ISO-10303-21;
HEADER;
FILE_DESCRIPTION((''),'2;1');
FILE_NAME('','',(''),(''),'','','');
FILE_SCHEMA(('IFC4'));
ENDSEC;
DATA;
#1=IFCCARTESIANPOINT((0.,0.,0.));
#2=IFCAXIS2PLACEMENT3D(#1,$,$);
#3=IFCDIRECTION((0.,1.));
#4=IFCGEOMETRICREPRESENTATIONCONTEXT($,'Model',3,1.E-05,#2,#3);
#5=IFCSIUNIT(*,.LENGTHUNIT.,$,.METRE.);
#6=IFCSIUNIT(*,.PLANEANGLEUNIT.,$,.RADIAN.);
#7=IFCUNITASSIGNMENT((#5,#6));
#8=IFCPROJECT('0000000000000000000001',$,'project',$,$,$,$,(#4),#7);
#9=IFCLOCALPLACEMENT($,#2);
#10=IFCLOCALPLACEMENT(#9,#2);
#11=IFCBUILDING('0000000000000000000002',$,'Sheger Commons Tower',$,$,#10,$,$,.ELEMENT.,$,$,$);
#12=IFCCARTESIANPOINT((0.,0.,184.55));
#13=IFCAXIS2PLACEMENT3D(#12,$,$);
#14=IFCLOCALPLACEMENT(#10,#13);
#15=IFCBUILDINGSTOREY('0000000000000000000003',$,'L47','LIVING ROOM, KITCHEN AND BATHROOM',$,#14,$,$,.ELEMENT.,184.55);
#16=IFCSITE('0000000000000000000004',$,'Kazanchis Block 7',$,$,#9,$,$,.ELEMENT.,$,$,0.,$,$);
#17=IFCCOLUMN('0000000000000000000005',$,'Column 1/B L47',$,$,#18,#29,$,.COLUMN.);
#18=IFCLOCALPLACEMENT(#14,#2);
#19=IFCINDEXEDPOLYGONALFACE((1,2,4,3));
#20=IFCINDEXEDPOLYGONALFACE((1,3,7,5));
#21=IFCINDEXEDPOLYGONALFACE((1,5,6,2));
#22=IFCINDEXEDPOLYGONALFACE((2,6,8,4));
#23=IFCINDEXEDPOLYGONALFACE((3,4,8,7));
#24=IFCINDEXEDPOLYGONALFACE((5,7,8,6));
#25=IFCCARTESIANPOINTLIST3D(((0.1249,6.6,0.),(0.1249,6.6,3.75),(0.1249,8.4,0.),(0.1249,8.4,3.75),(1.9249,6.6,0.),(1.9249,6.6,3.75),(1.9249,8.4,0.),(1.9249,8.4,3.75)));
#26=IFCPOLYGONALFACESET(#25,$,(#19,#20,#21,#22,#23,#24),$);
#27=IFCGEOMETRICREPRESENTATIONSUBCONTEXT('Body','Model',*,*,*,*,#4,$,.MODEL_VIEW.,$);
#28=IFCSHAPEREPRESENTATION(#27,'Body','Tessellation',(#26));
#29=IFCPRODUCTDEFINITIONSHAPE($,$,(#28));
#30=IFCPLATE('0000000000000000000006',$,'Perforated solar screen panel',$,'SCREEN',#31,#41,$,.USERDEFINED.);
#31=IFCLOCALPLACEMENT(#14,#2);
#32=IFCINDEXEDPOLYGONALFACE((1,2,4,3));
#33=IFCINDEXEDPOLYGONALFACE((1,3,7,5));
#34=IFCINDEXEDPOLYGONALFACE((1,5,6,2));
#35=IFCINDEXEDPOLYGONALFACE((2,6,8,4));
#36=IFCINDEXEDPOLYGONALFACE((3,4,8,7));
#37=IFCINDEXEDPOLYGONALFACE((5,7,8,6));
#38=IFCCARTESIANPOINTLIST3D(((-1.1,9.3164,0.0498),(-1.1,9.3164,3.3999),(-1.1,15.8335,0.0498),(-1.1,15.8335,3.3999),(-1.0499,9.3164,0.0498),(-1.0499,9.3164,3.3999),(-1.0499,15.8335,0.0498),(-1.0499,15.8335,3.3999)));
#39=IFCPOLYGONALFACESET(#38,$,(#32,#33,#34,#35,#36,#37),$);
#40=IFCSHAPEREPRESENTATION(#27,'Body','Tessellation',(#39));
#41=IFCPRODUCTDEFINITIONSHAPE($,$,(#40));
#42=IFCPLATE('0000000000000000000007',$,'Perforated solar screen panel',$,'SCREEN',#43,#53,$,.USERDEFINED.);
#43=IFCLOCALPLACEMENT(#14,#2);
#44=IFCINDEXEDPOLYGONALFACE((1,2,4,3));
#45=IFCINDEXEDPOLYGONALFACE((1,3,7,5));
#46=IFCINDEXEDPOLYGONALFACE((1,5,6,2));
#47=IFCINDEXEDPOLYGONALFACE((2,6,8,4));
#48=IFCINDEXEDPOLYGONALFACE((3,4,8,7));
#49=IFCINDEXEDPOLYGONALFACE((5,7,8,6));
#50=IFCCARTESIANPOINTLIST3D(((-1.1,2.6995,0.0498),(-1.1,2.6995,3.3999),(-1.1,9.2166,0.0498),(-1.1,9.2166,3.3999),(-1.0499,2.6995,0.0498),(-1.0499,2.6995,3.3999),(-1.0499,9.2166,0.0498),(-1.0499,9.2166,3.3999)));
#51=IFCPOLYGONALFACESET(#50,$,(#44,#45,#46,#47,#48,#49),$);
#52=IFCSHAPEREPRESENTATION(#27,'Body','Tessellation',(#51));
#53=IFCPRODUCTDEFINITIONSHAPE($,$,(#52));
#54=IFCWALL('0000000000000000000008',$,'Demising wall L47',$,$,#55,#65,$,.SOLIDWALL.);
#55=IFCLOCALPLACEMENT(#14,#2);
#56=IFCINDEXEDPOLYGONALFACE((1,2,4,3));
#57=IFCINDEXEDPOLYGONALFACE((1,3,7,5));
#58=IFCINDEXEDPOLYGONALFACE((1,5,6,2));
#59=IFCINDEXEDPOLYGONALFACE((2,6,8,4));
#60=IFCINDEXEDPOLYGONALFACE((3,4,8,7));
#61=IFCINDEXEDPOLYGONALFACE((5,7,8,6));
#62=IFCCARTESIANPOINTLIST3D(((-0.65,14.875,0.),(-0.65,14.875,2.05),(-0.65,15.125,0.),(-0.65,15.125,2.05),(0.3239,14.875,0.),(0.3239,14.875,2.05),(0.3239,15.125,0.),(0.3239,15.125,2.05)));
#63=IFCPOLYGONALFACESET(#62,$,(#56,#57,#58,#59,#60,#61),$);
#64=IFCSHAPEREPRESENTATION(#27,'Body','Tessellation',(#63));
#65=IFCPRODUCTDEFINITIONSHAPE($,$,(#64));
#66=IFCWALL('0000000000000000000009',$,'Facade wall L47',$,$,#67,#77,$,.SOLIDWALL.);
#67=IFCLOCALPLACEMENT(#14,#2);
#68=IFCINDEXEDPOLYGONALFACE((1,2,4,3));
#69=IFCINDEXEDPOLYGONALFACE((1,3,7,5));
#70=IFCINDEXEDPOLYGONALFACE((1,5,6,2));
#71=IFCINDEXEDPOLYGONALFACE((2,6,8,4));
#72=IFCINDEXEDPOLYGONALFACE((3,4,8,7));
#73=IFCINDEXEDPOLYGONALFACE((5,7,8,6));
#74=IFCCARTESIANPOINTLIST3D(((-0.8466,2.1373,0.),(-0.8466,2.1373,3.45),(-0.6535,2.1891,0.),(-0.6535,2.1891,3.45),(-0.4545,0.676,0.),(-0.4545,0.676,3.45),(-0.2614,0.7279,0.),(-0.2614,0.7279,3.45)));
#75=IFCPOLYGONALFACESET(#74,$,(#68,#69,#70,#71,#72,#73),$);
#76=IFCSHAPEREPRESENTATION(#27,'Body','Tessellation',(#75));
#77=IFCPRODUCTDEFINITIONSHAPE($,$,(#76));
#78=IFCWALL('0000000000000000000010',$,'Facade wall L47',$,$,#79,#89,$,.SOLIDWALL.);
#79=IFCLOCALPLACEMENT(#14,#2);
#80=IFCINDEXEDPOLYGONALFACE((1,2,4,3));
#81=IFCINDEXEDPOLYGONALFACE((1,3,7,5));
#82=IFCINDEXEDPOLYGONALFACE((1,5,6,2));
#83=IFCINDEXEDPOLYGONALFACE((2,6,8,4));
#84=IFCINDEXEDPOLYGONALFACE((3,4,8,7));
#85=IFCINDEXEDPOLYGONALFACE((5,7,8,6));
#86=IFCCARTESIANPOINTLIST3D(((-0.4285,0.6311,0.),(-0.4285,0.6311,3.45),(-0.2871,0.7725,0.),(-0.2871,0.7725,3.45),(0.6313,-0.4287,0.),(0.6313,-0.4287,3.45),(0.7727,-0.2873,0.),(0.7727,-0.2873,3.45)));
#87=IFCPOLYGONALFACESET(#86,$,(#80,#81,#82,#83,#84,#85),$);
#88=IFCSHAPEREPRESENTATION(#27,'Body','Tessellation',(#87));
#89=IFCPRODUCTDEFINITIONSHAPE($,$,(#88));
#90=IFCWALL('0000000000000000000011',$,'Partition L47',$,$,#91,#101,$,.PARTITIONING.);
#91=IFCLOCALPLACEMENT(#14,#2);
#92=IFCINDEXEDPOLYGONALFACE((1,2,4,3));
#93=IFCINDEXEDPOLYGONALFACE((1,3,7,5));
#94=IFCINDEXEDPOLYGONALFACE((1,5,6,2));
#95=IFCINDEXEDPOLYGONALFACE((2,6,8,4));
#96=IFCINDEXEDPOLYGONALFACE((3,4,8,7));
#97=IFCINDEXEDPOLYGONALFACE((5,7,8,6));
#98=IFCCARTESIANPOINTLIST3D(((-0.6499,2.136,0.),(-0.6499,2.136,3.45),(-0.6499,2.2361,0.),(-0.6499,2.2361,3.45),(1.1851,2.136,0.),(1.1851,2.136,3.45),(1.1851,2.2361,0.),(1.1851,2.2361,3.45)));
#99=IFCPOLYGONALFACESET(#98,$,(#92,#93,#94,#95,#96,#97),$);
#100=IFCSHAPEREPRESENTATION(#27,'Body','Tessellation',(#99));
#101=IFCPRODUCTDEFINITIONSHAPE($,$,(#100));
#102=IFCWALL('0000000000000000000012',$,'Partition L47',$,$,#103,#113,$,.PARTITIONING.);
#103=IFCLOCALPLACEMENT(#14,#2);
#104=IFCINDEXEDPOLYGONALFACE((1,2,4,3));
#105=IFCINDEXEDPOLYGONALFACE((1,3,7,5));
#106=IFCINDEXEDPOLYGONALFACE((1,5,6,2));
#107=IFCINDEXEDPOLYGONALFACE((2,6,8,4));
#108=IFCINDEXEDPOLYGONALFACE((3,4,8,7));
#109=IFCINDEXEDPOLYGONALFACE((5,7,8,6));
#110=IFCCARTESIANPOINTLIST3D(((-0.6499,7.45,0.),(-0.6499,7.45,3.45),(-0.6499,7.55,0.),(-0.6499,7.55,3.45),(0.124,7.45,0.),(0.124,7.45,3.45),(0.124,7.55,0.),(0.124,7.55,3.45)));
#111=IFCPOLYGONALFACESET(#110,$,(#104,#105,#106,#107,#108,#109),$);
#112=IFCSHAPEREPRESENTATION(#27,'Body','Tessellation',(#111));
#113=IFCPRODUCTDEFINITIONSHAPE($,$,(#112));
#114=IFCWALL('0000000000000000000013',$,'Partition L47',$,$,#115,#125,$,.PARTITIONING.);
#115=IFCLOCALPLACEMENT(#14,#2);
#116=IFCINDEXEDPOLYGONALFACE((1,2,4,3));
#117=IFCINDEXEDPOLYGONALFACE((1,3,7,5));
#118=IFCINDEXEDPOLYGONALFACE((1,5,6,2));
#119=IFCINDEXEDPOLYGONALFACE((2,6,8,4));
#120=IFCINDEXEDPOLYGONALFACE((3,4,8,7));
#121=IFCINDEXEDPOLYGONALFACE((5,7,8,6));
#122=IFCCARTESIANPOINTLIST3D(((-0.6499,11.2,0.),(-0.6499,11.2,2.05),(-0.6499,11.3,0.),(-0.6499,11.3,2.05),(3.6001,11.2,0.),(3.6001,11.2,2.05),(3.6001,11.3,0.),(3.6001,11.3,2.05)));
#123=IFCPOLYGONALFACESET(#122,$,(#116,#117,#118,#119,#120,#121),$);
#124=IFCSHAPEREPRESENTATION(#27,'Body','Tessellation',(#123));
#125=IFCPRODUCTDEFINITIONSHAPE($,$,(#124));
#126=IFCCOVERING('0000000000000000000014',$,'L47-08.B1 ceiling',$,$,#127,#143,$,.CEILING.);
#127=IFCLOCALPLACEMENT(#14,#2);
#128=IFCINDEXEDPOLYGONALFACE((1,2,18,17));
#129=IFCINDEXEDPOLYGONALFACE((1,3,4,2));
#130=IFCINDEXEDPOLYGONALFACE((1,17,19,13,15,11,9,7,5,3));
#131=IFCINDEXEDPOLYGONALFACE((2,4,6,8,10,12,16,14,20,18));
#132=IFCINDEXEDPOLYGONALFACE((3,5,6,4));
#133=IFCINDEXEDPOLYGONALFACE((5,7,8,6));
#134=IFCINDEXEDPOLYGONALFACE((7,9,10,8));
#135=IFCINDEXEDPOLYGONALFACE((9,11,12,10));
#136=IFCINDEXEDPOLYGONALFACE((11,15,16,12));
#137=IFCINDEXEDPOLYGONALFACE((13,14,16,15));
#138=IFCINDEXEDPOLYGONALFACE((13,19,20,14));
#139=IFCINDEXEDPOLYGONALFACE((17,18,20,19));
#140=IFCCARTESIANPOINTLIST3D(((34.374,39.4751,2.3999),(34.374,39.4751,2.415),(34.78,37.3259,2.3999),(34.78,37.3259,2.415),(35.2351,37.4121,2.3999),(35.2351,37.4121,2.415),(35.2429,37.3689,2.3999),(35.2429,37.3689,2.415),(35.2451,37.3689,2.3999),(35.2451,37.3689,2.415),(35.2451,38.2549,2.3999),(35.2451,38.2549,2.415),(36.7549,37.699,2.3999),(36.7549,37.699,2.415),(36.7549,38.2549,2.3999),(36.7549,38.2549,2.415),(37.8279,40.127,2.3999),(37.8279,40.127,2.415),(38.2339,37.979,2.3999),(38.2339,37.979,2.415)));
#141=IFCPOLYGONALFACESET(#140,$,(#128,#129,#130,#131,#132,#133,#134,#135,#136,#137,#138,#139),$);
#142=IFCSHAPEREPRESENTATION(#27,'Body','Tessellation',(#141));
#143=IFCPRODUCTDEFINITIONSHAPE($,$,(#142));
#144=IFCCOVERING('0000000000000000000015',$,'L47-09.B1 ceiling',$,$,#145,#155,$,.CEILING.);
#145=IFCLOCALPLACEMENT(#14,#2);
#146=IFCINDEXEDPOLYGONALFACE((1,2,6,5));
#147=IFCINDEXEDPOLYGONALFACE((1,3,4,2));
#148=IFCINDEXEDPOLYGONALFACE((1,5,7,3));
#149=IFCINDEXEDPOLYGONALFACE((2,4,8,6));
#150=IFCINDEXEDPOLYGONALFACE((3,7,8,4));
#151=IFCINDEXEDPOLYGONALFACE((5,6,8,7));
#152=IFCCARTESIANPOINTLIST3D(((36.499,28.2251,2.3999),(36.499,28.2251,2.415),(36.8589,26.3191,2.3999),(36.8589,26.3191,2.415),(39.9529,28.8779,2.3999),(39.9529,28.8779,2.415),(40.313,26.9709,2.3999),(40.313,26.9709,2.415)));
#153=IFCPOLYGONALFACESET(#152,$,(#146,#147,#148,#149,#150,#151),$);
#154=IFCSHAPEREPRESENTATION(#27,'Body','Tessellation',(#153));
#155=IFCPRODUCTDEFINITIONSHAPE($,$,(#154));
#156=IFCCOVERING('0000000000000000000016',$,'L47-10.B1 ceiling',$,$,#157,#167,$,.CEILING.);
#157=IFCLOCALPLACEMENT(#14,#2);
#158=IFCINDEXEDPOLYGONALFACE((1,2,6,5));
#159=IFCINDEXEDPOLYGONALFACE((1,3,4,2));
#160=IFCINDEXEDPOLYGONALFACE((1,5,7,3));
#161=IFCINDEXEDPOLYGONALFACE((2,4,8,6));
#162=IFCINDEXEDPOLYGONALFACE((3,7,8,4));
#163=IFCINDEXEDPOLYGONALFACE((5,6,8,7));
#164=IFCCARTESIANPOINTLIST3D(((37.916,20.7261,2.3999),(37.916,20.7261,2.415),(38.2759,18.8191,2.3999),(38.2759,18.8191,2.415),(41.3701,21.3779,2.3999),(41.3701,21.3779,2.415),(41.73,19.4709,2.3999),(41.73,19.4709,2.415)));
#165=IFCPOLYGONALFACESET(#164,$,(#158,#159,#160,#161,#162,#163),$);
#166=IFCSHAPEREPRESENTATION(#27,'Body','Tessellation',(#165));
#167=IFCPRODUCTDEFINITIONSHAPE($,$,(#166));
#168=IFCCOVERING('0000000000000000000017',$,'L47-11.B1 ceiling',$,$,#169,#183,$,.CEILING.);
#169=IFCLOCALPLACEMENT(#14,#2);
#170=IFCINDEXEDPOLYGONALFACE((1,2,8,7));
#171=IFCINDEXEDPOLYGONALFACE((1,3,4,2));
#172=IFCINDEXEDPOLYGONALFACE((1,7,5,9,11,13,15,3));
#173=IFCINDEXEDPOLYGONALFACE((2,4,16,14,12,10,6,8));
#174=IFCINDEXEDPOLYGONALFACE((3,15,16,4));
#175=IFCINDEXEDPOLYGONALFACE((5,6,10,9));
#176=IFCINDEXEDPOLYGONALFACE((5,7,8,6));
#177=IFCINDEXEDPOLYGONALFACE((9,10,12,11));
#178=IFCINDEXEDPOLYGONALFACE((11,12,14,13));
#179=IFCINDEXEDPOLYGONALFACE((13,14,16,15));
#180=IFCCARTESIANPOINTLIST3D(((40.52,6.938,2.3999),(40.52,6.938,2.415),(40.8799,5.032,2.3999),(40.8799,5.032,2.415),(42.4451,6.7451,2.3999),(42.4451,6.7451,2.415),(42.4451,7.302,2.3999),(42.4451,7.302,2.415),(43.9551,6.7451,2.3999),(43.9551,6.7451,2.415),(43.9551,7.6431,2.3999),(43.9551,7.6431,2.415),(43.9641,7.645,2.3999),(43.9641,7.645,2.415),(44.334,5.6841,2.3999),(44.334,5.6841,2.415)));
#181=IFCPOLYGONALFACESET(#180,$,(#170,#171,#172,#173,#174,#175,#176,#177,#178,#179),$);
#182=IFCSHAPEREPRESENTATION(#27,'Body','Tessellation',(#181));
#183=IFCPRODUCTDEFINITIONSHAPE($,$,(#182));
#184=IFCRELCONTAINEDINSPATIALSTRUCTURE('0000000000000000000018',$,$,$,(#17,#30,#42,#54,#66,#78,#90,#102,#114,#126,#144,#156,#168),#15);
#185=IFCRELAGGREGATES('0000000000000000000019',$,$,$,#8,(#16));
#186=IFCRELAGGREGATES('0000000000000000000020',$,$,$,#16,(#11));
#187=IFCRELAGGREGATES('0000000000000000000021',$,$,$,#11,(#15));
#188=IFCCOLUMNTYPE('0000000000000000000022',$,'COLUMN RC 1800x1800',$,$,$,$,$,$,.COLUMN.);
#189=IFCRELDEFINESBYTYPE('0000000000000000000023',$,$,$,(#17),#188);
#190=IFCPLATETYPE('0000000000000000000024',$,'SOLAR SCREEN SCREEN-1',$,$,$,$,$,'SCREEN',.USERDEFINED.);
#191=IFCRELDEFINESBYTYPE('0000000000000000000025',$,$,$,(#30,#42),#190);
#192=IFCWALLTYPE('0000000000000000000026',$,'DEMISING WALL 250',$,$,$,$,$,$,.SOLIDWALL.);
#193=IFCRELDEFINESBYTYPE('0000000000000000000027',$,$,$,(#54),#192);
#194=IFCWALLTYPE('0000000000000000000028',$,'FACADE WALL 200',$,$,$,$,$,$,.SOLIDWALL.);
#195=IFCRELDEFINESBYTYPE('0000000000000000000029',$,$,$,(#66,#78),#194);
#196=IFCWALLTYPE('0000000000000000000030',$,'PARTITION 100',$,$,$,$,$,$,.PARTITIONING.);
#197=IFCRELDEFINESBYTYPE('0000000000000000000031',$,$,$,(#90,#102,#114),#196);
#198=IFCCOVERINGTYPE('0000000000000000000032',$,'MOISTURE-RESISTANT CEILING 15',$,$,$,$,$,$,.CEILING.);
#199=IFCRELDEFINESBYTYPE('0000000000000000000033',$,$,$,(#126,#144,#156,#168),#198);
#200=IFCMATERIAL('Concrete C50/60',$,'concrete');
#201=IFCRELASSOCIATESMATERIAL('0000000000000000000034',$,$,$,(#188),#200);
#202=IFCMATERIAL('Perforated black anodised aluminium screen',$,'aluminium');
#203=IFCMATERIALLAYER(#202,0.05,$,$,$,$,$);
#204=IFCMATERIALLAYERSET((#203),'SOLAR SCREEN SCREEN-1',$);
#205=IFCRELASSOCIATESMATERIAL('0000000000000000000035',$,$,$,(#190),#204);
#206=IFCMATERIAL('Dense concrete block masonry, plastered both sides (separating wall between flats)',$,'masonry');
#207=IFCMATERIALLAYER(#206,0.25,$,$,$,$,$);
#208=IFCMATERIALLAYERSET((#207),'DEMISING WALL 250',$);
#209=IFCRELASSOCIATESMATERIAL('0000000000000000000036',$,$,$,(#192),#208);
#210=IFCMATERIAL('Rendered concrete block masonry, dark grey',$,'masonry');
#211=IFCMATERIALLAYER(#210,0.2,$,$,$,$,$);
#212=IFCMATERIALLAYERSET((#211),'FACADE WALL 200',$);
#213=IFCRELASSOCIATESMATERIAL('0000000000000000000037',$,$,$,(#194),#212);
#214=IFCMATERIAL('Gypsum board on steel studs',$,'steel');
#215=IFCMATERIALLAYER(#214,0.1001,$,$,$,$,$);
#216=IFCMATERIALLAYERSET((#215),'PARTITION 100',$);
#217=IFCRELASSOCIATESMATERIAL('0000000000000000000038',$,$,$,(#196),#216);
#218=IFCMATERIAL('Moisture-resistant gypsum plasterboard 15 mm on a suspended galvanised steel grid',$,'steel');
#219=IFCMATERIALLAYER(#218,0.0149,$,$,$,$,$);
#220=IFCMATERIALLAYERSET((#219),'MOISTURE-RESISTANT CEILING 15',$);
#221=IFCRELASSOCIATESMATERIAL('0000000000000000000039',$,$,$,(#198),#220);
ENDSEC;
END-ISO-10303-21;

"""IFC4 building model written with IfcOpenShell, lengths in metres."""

from ifc_helpers import new_model, si_unit, direction, frame, frame_2d, origin, origin_2d, place, context, subcontext, project, spatial, polyline, rectangle, outline, extrude, material, layer, layer_set, material_profile, profile_set, type_object, element, save


model = new_model("IFC4")

# Units and contexts
model_context = context("Model", 3, precision=1e-05, world=origin(), true_north=direction((0.0, 1.0)))
body_context = subcontext(model_context, "Body", "Model", "MODEL_VIEW")
ifc_project = project(units=[si_unit("LENGTHUNIT", "METRE"), si_unit("PLANEANGLEUNIT", "RADIAN")], contexts=[model_context])

# Site, building, storey
site_placement = place(None, origin())
site = spatial("IfcSite", under=ifc_project, at=site_placement, Name="Kazanchis Block 7", CompositionType="ELEMENT", RefElevation=0.0)
building_placement = place(site_placement, origin())
building = spatial("IfcBuilding", under=site, at=building_placement, Name="Sheger Commons Tower", CompositionType="ELEMENT")
storey_placement = place(building_placement, frame((0.0, 0.0, 184.55)))
storey = spatial("IfcBuildingStorey", under=building, at=storey_placement, Name="L47", Description="LIVING ROOM, KITCHEN AND BATHROOM", CompositionType="ELEMENT", Elevation=184.55)

# Column
ifc_material_1 = material(Name="Concrete C50/60", Category="concrete")
ifc_material_profile = material_profile(ifc_material_1, rectangle(XDim=1.8, YDim=1.8, at=origin_2d()), Name="RC 1800x1800")
ifc_profile_set = profile_set([ifc_material_profile], Name="Concrete C50/60")
column_type = type_object("IfcColumnType", Name="COLUMN RC 1800x1800", PredefinedType="COLUMN", material=ifc_profile_set)
column_placement = place(storey_placement, frame((1.0249, 7.5, 0.0), z_axis=(0.0, 0.0, 1.0), x_axis=(1.0, 0.0, 0.0)))
element("IfcColumn", 1, at=column_placement, inside=storey, type_object=column_type, Name="Column 1/B L47", PredefinedType="COLUMN", context=body_context, shape_type="SweptSolid", body=[
    extrude(rectangle(XDim=1.8, YDim=1.8, at=origin_2d()), origin(), (0.0, 0.0, 1.0), 3.75),
])

# Plates
ifc_material_2 = material(Name="Perforated black anodised aluminium screen", Category="aluminium")
ifc_layer_1 = layer(ifc_material_2, 0.05)
ifc_layer_set_1 = layer_set([ifc_layer_1], Name="SOLAR SCREEN SCREEN-1")
plate_type = type_object("IfcPlateType", Name="SOLAR SCREEN SCREEN-1", ElementType="SCREEN", PredefinedType="USERDEFINED", material=ifc_layer_set_1)
for number, where, z_axis, x_axis, name in (
    (2, (-1.075, 12.575, 0.0498), (0.0, 0.0, 1.0), (0.0, -1.0, 0.0), "Perforated solar screen panel"),
    (3, (-1.075, 5.958, 0.0498), (0.0, 0.0, 1.0), (0.0, -1.0, 0.0), "Perforated solar screen panel"),
):
    element("IfcPlate", number, at=place(storey_placement, frame(where, z_axis=z_axis, x_axis=x_axis)), inside=storey, type_object=plate_type, Name=name, ObjectType="SCREEN", PredefinedType="USERDEFINED", context=body_context, shape_type="SweptSolid", body=[
        extrude(rectangle(XDim=6.5171, YDim=0.05, at=origin_2d()), origin(), (0.0, 0.0, 1.0), 3.3501),
    ])

# Walls
ifc_material_3 = material(Name="Dense concrete block masonry, plastered both sides (separating wall between flats)", Category="masonry")
ifc_layer_2 = layer(ifc_material_3, 0.25)
ifc_layer_set_2 = layer_set([ifc_layer_2], Name="DEMISING WALL 250")
wall_type_1 = type_object("IfcWallType", Name="DEMISING WALL 250", PredefinedType="SOLIDWALL", material=ifc_layer_set_2)
wall_1_placement = place(storey_placement, frame((-0.6499, 15.0, 0.0), z_axis=(0.0, 0.0, 1.0), x_axis=(1.0, 0.0, 0.0)))
element("IfcWall", 4, at=wall_1_placement, inside=storey, type_object=wall_type_1, Name="Demising wall L47", PredefinedType="SOLIDWALL", context=body_context, shape_type="SweptSolid", body=[
    extrude(rectangle(XDim=0.9739, YDim=0.25, at=frame_2d((0.4868, 0.0))), origin(), (0.0, 0.0, 1.0), 2.05),
])
ifc_material_4 = material(Name="Rendered concrete block masonry, dark grey", Category="masonry")
ifc_layer_3 = layer(ifc_material_4, 0.2)
ifc_layer_set_3 = layer_set([ifc_layer_3], Name="FACADE WALL 200")
wall_type_2 = type_object("IfcWallType", Name="FACADE WALL 200", PredefinedType="SOLIDWALL", material=ifc_layer_set_3)
wall_2_placement = place(storey_placement, frame((-0.75, 2.1631, 0.0), z_axis=(0.0, 0.0, 1.0), x_axis=(0.259169, -0.965832, 0.0)))
element("IfcWall", 5, at=wall_2_placement, inside=storey, type_object=wall_type_2, Name="Facade wall L47", PredefinedType="SOLIDWALL", context=body_context, shape_type="SweptSolid", body=[
    extrude(rectangle(XDim=1.5129, YDim=0.2, at=frame_2d((0.7563, 0.0))), origin(), (0.0, 0.0, 1.0), 3.45),
])
wall_3_placement = place(storey_placement, frame((-0.3579, 0.7019, 0.0), z_axis=(0.0, 0.0, 1.0), x_axis=(0.707107, -0.707107, 0.0)))
element("IfcWall", 6, at=wall_3_placement, inside=storey, type_object=wall_type_2, Name="Facade wall L47", PredefinedType="SOLIDWALL", context=body_context, shape_type="SweptSolid", body=[
    extrude(rectangle(XDim=1.4988, YDim=0.2, at=frame_2d((0.7495, 0.0))), origin(), (0.0, 0.0, 1.0), 3.45),
])
ifc_material_5 = material(Name="Gypsum board on steel studs", Category="steel")
ifc_layer_4 = layer(ifc_material_5, 0.1001)
ifc_layer_set_4 = layer_set([ifc_layer_4], Name="PARTITION 100")
wall_type_3 = type_object("IfcWallType", Name="PARTITION 100", PredefinedType="PARTITIONING", material=ifc_layer_set_4)
wall_4_placement = place(storey_placement, frame((-0.6499, 2.186, 0.0), z_axis=(0.0, 0.0, 1.0), x_axis=(1.0, 0.0, 0.0)))
element("IfcWall", 7, at=wall_4_placement, inside=storey, type_object=wall_type_3, Name="Partition L47", PredefinedType="PARTITIONING", context=body_context, shape_type="SweptSolid", body=[
    extrude(rectangle(XDim=1.835, YDim=0.1001, at=frame_2d((0.9175, 0.0))), origin(), (0.0, 0.0, 1.0), 3.45),
])
wall_5_placement = place(storey_placement, frame((-0.6499, 7.5, 0.0), z_axis=(0.0, 0.0, 1.0), x_axis=(1.0, 0.0, 0.0)))
element("IfcWall", 8, at=wall_5_placement, inside=storey, type_object=wall_type_3, Name="Partition L47", PredefinedType="PARTITIONING", context=body_context, shape_type="SweptSolid", body=[
    extrude(rectangle(XDim=0.7739, YDim=0.1001, at=frame_2d((0.387, 0.0))), origin(), (0.0, 0.0, 1.0), 3.45),
])
wall_6_placement = place(storey_placement, frame((-0.6499, 11.25, 0.0), z_axis=(0.0, 0.0, 1.0), x_axis=(1.0, 0.0, 0.0)))
element("IfcWall", 9, at=wall_6_placement, inside=storey, type_object=wall_type_3, Name="Partition L47", PredefinedType="PARTITIONING", context=body_context, shape_type="SweptSolid", body=[
    extrude(rectangle(XDim=4.25, YDim=0.1001, at=frame_2d((2.125, 0.0))), origin(), (0.0, 0.0, 1.0), 2.05),
])

# Coverings
ifc_material_6 = material(Name="Moisture-resistant gypsum plasterboard 15 mm on a suspended galvanised steel grid", Category="steel")
ifc_layer_5 = layer(ifc_material_6, 0.0149)
ifc_layer_set_5 = layer_set([ifc_layer_5], Name="MOISTURE-RESISTANT CEILING 15")
covering_type_1 = type_object("IfcCoveringType", Name="MOISTURE-RESISTANT CEILING 15", PredefinedType="CEILING", material=ifc_layer_set_5)
covering_1_placement = place(storey_placement, frame((0.0, 0.0, 2.3999)))
element("IfcCovering", 10, at=covering_1_placement, inside=storey, type_object=covering_type_1, Name="L47-08.B1 ceiling", PredefinedType="CEILING", context=body_context, shape_type="SweptSolid", body=[
    extrude(outline(polyline([(34.78, 37.3259), (35.2351, 37.4121), (35.2429, 37.3689), (35.2451, 37.3689), (35.2451, 38.2549), (36.7549, 38.2549), (36.7549, 37.699), (38.2339, 37.979), (37.8279, 40.127), (34.374, 39.4751), (34.78, 37.3259)])), origin(), (0.0, 0.0, 1.0), 0.0151),
])
covering_2_placement = place(storey_placement, frame((0.0, 0.0, 2.3999)))
element("IfcCovering", 11, at=covering_2_placement, inside=storey, type_object=covering_type_1, Name="L47-09.B1 ceiling", PredefinedType="CEILING", context=body_context, shape_type="SweptSolid", body=[
    extrude(outline(polyline([(36.8589, 26.3191), (40.313, 26.9709), (39.9529, 28.8779), (36.499, 28.2251), (36.8589, 26.3191)])), origin(), (0.0, 0.0, 1.0), 0.0151),
])
covering_3_placement = place(storey_placement, frame((0.0, 0.0, 2.3999)))
element("IfcCovering", 12, at=covering_3_placement, inside=storey, type_object=covering_type_1, Name="L47-10.B1 ceiling", PredefinedType="CEILING", context=body_context, shape_type="SweptSolid", body=[
    extrude(outline(polyline([(38.2759, 18.8191), (41.73, 19.4709), (41.3701, 21.3779), (37.916, 20.7261), (38.2759, 18.8191)])), origin(), (0.0, 0.0, 1.0), 0.0151),
])
covering_4_placement = place(storey_placement, frame((0.0, 0.0, 2.3999)))
element("IfcCovering", 13, at=covering_4_placement, inside=storey, type_object=covering_type_1, Name="L47-11.B1 ceiling", PredefinedType="CEILING", context=body_context, shape_type="SweptSolid", body=[
    extrude(outline(polyline([(40.8799, 5.032), (44.334, 5.6841), (43.9641, 7.645), (43.9551, 7.6431), (43.9551, 6.7451), (42.4451, 6.7451), (42.4451, 7.302), (40.52, 6.938), (40.8799, 5.032)])), origin(), (0.0, 0.0, 1.0), 0.0151),
])

save(model, "model.ifc")
